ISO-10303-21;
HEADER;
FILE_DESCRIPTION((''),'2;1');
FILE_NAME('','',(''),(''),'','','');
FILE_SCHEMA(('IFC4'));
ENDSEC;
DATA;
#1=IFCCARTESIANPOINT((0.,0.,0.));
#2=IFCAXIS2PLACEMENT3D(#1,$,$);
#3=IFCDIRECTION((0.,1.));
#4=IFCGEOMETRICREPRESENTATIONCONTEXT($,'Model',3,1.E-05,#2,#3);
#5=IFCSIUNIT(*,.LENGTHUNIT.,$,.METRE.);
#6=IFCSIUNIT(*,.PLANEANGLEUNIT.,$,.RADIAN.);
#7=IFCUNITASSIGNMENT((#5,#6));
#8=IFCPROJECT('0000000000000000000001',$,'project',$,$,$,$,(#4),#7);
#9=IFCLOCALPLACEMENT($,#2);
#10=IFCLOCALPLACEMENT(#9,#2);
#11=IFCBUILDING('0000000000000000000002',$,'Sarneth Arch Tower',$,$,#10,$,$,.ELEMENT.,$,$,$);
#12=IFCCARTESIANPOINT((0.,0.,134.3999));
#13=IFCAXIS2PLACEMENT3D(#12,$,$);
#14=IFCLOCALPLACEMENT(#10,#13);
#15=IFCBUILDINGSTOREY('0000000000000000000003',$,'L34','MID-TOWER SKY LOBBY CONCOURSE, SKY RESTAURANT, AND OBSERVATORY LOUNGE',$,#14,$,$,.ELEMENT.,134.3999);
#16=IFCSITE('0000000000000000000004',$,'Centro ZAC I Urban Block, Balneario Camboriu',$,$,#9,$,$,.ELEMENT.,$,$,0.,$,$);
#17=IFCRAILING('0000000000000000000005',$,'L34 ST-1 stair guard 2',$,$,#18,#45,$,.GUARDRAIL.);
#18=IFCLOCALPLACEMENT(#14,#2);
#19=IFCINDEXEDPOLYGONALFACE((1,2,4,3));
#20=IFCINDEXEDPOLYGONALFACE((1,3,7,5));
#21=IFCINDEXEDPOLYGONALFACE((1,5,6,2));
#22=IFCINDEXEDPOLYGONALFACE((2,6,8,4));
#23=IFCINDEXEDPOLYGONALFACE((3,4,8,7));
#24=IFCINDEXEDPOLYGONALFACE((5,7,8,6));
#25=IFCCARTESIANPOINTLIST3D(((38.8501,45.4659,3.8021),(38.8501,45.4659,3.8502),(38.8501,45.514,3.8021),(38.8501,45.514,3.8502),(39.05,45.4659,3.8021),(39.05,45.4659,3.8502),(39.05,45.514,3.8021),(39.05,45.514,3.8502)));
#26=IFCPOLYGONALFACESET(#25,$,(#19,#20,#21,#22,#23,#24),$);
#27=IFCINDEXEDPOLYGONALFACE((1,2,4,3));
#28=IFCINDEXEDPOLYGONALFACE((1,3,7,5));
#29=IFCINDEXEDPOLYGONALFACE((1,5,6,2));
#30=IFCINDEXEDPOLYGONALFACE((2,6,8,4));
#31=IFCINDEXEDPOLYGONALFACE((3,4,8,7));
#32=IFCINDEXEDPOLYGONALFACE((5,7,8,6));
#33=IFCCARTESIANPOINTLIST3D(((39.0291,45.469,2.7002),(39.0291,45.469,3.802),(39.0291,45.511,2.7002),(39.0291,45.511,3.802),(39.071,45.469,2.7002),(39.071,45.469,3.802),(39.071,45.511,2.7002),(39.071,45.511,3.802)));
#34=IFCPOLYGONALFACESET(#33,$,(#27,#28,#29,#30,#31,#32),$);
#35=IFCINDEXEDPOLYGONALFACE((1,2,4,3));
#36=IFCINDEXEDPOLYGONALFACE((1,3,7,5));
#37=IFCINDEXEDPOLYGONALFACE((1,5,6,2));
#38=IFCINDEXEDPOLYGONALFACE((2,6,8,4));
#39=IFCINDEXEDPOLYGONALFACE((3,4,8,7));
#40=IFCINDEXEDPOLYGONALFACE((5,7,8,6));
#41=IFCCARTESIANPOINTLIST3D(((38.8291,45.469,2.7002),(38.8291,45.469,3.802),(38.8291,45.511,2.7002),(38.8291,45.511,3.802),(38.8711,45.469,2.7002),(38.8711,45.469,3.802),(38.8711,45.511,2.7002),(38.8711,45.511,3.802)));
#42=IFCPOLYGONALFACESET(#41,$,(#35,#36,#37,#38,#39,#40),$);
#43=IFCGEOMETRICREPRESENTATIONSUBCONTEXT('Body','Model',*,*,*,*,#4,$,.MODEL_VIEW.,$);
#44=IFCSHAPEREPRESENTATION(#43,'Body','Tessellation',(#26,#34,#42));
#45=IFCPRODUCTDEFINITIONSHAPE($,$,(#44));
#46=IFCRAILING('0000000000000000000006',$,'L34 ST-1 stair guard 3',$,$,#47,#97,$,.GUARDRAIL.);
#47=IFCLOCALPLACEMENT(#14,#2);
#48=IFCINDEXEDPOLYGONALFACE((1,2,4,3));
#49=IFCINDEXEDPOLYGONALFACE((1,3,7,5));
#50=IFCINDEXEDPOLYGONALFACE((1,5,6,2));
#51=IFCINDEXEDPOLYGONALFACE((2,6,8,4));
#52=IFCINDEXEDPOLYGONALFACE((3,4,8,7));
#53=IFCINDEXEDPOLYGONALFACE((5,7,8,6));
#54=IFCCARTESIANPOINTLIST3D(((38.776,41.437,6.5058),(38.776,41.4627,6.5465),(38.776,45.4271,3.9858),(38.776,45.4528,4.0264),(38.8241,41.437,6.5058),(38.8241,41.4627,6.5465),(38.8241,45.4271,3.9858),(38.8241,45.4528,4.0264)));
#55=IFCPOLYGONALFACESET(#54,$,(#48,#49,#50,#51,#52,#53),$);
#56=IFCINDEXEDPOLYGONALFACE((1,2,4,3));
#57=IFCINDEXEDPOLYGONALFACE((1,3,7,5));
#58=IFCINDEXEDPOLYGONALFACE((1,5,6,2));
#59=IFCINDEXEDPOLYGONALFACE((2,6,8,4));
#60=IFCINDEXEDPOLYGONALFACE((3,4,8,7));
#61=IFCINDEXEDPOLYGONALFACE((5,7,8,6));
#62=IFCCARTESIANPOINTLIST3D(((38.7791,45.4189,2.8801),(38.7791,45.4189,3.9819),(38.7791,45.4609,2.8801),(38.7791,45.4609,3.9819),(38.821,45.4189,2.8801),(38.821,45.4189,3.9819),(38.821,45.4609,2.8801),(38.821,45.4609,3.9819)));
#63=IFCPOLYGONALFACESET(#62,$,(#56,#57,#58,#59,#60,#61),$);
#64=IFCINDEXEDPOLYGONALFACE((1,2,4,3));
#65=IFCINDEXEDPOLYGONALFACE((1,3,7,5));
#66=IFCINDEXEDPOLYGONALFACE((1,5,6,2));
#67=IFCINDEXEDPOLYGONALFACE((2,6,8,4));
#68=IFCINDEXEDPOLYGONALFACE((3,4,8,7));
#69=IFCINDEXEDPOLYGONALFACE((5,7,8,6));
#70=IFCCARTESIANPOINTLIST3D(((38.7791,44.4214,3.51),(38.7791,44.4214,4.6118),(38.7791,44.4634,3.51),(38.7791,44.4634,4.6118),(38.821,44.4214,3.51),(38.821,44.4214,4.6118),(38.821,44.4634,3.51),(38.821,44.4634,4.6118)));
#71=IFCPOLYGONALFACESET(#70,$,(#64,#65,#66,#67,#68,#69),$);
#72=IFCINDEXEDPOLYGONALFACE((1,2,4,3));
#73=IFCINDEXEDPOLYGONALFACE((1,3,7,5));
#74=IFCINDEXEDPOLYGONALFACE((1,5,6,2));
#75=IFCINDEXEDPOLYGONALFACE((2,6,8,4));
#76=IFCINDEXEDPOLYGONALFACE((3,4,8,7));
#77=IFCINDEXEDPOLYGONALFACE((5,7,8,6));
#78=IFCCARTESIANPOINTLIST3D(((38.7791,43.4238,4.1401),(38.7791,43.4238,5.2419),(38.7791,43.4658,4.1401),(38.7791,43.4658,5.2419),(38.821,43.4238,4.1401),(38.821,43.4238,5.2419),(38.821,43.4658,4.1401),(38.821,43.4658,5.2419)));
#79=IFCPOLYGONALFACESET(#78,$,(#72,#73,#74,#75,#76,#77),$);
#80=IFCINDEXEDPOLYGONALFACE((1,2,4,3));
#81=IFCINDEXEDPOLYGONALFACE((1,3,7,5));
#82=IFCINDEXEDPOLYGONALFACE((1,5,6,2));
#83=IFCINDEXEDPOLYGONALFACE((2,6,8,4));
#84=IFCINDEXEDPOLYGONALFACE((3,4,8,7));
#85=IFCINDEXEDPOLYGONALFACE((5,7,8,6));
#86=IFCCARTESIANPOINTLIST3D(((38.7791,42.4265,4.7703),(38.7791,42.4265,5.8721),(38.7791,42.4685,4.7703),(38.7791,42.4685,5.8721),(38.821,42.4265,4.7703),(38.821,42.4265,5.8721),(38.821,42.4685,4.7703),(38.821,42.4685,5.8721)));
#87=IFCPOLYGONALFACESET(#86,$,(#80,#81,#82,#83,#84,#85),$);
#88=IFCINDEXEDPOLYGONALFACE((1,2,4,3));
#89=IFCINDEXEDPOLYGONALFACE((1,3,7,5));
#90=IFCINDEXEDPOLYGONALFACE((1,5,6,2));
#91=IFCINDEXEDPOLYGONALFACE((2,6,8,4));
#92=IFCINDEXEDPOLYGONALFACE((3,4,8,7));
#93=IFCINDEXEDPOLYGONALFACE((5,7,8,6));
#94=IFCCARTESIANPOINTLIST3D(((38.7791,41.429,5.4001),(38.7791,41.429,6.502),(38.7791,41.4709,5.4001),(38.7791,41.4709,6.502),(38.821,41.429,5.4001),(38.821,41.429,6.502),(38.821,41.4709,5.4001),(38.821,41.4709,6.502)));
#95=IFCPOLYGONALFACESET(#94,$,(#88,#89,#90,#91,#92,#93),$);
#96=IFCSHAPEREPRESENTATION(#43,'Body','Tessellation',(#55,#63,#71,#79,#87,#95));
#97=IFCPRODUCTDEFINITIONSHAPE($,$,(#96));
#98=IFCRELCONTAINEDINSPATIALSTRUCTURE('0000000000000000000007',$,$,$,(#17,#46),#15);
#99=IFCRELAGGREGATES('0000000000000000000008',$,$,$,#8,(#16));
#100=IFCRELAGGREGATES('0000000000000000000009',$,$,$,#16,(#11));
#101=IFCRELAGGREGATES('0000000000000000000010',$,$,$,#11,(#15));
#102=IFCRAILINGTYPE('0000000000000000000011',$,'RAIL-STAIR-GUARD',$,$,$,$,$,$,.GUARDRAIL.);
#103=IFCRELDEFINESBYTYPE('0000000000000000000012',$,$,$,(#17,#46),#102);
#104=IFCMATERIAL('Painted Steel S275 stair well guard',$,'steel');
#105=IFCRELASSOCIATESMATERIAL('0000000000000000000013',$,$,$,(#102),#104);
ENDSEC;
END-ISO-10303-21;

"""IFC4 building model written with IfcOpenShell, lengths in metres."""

from ifc_helpers import new_model, si_unit, direction, frame, origin, origin_2d, place, context, subcontext, project, spatial, rectangle, extrude, material, type_object, element, save


model = new_model("IFC4")

# Units and contexts
model_context = context("Model", 3, precision=1e-05, world=origin(), true_north=direction((0.0, 1.0)))
body_context = subcontext(model_context, "Body", "Model", "MODEL_VIEW")
ifc_project = project(units=[si_unit("LENGTHUNIT", "METRE"), si_unit("PLANEANGLEUNIT", "RADIAN")], contexts=[model_context])

# Site, building, storey
site_placement = place(None, origin())
site = spatial("IfcSite", under=ifc_project, at=site_placement, Name="Centro ZAC I Urban Block, Balneario Camboriu", CompositionType="ELEMENT", RefElevation=0.0)
building_placement = place(site_placement, origin())
building = spatial("IfcBuilding", under=site, at=building_placement, Name="Sarneth Arch Tower", CompositionType="ELEMENT")
storey_placement = place(building_placement, frame((0.0, 0.0, 134.3999)))
storey = spatial("IfcBuildingStorey", under=building, at=storey_placement, Name="L34", Description="MID-TOWER SKY LOBBY CONCOURSE, SKY RESTAURANT, AND OBSERVATORY LOUNGE", CompositionType="ELEMENT", Elevation=134.3999)

# Railings
ifc_material_1 = material(Name="Painted Steel S275 stair well guard", Category="steel")
railing_type_1 = type_object("IfcRailingType", Name="RAIL-STAIR-GUARD", PredefinedType="GUARDRAIL", material=ifc_material_1)
railing_1_placement = place(storey_placement, frame((39.05, 45.49, 2.7002)))
element("IfcRailing", 1, at=railing_1_placement, inside=storey, type_object=railing_type_1, Name="L34 ST-1 stair guard 2", PredefinedType="GUARDRAIL", context=body_context, shape_type="SweptSolid", body=[
    extrude(rectangle(XDim=0.0481, YDim=0.0481, at=origin_2d()), frame((0.0, 0.0, 1.126), z_axis=(-1.0, 0.0, 0.0), x_axis=(0.0, -1.0, 0.0)), (0.0, 0.0, 1.0), 0.2),
    extrude(rectangle(XDim=0.042, YDim=0.042, at=origin_2d()), origin(), (0.0, 0.0, 1.0), 1.1018),
    extrude(rectangle(XDim=0.042, YDim=0.042, at=origin_2d()), frame((-0.2, 0.0, 0.0)), (0.0, 0.0, 1.0), 1.1018),
])
railing_2_placement = place(storey_placement, frame((38.8, 45.4399, 2.8801)))
element("IfcRailing", 2, at=railing_2_placement, inside=storey, type_object=railing_type_1, Name="L34 ST-1 stair guard 3", PredefinedType="GUARDRAIL", context=body_context, shape_type="SweptSolid", body=[
    extrude(rectangle(XDim=0.0481, YDim=0.0481, at=origin_2d()), frame((0.0, 0.0, 1.126), z_axis=(0.0, -0.845486, 0.533997), x_axis=(1.0, 0.0, 0.0)), (0.0, 0.0, 1.0), 4.7192),
    extrude(rectangle(XDim=0.042, YDim=0.042, at=origin_2d()), origin(), (0.0, 0.0, 1.0), 1.1018),
    extrude(rectangle(XDim=0.042, YDim=0.042, at=origin_2d()), frame((0.0, -0.9976, 0.6299)), (0.0, 0.0, 1.0), 1.1018),
    extrude(rectangle(XDim=0.042, YDim=0.042, at=origin_2d()), frame((0.0, -1.9951, 1.26)), (0.0, 0.0, 1.0), 1.1018),
    extrude(rectangle(XDim=0.042, YDim=0.042, at=origin_2d()), frame((0.0, -2.9924, 1.8901)), (0.0, 0.0, 1.0), 1.1018),
    extrude(rectangle(XDim=0.042, YDim=0.042, at=origin_2d()), frame((0.0, -3.99, 2.52)), (0.0, 0.0, 1.0), 1.1018),
])

save(model, "model.ifc")
